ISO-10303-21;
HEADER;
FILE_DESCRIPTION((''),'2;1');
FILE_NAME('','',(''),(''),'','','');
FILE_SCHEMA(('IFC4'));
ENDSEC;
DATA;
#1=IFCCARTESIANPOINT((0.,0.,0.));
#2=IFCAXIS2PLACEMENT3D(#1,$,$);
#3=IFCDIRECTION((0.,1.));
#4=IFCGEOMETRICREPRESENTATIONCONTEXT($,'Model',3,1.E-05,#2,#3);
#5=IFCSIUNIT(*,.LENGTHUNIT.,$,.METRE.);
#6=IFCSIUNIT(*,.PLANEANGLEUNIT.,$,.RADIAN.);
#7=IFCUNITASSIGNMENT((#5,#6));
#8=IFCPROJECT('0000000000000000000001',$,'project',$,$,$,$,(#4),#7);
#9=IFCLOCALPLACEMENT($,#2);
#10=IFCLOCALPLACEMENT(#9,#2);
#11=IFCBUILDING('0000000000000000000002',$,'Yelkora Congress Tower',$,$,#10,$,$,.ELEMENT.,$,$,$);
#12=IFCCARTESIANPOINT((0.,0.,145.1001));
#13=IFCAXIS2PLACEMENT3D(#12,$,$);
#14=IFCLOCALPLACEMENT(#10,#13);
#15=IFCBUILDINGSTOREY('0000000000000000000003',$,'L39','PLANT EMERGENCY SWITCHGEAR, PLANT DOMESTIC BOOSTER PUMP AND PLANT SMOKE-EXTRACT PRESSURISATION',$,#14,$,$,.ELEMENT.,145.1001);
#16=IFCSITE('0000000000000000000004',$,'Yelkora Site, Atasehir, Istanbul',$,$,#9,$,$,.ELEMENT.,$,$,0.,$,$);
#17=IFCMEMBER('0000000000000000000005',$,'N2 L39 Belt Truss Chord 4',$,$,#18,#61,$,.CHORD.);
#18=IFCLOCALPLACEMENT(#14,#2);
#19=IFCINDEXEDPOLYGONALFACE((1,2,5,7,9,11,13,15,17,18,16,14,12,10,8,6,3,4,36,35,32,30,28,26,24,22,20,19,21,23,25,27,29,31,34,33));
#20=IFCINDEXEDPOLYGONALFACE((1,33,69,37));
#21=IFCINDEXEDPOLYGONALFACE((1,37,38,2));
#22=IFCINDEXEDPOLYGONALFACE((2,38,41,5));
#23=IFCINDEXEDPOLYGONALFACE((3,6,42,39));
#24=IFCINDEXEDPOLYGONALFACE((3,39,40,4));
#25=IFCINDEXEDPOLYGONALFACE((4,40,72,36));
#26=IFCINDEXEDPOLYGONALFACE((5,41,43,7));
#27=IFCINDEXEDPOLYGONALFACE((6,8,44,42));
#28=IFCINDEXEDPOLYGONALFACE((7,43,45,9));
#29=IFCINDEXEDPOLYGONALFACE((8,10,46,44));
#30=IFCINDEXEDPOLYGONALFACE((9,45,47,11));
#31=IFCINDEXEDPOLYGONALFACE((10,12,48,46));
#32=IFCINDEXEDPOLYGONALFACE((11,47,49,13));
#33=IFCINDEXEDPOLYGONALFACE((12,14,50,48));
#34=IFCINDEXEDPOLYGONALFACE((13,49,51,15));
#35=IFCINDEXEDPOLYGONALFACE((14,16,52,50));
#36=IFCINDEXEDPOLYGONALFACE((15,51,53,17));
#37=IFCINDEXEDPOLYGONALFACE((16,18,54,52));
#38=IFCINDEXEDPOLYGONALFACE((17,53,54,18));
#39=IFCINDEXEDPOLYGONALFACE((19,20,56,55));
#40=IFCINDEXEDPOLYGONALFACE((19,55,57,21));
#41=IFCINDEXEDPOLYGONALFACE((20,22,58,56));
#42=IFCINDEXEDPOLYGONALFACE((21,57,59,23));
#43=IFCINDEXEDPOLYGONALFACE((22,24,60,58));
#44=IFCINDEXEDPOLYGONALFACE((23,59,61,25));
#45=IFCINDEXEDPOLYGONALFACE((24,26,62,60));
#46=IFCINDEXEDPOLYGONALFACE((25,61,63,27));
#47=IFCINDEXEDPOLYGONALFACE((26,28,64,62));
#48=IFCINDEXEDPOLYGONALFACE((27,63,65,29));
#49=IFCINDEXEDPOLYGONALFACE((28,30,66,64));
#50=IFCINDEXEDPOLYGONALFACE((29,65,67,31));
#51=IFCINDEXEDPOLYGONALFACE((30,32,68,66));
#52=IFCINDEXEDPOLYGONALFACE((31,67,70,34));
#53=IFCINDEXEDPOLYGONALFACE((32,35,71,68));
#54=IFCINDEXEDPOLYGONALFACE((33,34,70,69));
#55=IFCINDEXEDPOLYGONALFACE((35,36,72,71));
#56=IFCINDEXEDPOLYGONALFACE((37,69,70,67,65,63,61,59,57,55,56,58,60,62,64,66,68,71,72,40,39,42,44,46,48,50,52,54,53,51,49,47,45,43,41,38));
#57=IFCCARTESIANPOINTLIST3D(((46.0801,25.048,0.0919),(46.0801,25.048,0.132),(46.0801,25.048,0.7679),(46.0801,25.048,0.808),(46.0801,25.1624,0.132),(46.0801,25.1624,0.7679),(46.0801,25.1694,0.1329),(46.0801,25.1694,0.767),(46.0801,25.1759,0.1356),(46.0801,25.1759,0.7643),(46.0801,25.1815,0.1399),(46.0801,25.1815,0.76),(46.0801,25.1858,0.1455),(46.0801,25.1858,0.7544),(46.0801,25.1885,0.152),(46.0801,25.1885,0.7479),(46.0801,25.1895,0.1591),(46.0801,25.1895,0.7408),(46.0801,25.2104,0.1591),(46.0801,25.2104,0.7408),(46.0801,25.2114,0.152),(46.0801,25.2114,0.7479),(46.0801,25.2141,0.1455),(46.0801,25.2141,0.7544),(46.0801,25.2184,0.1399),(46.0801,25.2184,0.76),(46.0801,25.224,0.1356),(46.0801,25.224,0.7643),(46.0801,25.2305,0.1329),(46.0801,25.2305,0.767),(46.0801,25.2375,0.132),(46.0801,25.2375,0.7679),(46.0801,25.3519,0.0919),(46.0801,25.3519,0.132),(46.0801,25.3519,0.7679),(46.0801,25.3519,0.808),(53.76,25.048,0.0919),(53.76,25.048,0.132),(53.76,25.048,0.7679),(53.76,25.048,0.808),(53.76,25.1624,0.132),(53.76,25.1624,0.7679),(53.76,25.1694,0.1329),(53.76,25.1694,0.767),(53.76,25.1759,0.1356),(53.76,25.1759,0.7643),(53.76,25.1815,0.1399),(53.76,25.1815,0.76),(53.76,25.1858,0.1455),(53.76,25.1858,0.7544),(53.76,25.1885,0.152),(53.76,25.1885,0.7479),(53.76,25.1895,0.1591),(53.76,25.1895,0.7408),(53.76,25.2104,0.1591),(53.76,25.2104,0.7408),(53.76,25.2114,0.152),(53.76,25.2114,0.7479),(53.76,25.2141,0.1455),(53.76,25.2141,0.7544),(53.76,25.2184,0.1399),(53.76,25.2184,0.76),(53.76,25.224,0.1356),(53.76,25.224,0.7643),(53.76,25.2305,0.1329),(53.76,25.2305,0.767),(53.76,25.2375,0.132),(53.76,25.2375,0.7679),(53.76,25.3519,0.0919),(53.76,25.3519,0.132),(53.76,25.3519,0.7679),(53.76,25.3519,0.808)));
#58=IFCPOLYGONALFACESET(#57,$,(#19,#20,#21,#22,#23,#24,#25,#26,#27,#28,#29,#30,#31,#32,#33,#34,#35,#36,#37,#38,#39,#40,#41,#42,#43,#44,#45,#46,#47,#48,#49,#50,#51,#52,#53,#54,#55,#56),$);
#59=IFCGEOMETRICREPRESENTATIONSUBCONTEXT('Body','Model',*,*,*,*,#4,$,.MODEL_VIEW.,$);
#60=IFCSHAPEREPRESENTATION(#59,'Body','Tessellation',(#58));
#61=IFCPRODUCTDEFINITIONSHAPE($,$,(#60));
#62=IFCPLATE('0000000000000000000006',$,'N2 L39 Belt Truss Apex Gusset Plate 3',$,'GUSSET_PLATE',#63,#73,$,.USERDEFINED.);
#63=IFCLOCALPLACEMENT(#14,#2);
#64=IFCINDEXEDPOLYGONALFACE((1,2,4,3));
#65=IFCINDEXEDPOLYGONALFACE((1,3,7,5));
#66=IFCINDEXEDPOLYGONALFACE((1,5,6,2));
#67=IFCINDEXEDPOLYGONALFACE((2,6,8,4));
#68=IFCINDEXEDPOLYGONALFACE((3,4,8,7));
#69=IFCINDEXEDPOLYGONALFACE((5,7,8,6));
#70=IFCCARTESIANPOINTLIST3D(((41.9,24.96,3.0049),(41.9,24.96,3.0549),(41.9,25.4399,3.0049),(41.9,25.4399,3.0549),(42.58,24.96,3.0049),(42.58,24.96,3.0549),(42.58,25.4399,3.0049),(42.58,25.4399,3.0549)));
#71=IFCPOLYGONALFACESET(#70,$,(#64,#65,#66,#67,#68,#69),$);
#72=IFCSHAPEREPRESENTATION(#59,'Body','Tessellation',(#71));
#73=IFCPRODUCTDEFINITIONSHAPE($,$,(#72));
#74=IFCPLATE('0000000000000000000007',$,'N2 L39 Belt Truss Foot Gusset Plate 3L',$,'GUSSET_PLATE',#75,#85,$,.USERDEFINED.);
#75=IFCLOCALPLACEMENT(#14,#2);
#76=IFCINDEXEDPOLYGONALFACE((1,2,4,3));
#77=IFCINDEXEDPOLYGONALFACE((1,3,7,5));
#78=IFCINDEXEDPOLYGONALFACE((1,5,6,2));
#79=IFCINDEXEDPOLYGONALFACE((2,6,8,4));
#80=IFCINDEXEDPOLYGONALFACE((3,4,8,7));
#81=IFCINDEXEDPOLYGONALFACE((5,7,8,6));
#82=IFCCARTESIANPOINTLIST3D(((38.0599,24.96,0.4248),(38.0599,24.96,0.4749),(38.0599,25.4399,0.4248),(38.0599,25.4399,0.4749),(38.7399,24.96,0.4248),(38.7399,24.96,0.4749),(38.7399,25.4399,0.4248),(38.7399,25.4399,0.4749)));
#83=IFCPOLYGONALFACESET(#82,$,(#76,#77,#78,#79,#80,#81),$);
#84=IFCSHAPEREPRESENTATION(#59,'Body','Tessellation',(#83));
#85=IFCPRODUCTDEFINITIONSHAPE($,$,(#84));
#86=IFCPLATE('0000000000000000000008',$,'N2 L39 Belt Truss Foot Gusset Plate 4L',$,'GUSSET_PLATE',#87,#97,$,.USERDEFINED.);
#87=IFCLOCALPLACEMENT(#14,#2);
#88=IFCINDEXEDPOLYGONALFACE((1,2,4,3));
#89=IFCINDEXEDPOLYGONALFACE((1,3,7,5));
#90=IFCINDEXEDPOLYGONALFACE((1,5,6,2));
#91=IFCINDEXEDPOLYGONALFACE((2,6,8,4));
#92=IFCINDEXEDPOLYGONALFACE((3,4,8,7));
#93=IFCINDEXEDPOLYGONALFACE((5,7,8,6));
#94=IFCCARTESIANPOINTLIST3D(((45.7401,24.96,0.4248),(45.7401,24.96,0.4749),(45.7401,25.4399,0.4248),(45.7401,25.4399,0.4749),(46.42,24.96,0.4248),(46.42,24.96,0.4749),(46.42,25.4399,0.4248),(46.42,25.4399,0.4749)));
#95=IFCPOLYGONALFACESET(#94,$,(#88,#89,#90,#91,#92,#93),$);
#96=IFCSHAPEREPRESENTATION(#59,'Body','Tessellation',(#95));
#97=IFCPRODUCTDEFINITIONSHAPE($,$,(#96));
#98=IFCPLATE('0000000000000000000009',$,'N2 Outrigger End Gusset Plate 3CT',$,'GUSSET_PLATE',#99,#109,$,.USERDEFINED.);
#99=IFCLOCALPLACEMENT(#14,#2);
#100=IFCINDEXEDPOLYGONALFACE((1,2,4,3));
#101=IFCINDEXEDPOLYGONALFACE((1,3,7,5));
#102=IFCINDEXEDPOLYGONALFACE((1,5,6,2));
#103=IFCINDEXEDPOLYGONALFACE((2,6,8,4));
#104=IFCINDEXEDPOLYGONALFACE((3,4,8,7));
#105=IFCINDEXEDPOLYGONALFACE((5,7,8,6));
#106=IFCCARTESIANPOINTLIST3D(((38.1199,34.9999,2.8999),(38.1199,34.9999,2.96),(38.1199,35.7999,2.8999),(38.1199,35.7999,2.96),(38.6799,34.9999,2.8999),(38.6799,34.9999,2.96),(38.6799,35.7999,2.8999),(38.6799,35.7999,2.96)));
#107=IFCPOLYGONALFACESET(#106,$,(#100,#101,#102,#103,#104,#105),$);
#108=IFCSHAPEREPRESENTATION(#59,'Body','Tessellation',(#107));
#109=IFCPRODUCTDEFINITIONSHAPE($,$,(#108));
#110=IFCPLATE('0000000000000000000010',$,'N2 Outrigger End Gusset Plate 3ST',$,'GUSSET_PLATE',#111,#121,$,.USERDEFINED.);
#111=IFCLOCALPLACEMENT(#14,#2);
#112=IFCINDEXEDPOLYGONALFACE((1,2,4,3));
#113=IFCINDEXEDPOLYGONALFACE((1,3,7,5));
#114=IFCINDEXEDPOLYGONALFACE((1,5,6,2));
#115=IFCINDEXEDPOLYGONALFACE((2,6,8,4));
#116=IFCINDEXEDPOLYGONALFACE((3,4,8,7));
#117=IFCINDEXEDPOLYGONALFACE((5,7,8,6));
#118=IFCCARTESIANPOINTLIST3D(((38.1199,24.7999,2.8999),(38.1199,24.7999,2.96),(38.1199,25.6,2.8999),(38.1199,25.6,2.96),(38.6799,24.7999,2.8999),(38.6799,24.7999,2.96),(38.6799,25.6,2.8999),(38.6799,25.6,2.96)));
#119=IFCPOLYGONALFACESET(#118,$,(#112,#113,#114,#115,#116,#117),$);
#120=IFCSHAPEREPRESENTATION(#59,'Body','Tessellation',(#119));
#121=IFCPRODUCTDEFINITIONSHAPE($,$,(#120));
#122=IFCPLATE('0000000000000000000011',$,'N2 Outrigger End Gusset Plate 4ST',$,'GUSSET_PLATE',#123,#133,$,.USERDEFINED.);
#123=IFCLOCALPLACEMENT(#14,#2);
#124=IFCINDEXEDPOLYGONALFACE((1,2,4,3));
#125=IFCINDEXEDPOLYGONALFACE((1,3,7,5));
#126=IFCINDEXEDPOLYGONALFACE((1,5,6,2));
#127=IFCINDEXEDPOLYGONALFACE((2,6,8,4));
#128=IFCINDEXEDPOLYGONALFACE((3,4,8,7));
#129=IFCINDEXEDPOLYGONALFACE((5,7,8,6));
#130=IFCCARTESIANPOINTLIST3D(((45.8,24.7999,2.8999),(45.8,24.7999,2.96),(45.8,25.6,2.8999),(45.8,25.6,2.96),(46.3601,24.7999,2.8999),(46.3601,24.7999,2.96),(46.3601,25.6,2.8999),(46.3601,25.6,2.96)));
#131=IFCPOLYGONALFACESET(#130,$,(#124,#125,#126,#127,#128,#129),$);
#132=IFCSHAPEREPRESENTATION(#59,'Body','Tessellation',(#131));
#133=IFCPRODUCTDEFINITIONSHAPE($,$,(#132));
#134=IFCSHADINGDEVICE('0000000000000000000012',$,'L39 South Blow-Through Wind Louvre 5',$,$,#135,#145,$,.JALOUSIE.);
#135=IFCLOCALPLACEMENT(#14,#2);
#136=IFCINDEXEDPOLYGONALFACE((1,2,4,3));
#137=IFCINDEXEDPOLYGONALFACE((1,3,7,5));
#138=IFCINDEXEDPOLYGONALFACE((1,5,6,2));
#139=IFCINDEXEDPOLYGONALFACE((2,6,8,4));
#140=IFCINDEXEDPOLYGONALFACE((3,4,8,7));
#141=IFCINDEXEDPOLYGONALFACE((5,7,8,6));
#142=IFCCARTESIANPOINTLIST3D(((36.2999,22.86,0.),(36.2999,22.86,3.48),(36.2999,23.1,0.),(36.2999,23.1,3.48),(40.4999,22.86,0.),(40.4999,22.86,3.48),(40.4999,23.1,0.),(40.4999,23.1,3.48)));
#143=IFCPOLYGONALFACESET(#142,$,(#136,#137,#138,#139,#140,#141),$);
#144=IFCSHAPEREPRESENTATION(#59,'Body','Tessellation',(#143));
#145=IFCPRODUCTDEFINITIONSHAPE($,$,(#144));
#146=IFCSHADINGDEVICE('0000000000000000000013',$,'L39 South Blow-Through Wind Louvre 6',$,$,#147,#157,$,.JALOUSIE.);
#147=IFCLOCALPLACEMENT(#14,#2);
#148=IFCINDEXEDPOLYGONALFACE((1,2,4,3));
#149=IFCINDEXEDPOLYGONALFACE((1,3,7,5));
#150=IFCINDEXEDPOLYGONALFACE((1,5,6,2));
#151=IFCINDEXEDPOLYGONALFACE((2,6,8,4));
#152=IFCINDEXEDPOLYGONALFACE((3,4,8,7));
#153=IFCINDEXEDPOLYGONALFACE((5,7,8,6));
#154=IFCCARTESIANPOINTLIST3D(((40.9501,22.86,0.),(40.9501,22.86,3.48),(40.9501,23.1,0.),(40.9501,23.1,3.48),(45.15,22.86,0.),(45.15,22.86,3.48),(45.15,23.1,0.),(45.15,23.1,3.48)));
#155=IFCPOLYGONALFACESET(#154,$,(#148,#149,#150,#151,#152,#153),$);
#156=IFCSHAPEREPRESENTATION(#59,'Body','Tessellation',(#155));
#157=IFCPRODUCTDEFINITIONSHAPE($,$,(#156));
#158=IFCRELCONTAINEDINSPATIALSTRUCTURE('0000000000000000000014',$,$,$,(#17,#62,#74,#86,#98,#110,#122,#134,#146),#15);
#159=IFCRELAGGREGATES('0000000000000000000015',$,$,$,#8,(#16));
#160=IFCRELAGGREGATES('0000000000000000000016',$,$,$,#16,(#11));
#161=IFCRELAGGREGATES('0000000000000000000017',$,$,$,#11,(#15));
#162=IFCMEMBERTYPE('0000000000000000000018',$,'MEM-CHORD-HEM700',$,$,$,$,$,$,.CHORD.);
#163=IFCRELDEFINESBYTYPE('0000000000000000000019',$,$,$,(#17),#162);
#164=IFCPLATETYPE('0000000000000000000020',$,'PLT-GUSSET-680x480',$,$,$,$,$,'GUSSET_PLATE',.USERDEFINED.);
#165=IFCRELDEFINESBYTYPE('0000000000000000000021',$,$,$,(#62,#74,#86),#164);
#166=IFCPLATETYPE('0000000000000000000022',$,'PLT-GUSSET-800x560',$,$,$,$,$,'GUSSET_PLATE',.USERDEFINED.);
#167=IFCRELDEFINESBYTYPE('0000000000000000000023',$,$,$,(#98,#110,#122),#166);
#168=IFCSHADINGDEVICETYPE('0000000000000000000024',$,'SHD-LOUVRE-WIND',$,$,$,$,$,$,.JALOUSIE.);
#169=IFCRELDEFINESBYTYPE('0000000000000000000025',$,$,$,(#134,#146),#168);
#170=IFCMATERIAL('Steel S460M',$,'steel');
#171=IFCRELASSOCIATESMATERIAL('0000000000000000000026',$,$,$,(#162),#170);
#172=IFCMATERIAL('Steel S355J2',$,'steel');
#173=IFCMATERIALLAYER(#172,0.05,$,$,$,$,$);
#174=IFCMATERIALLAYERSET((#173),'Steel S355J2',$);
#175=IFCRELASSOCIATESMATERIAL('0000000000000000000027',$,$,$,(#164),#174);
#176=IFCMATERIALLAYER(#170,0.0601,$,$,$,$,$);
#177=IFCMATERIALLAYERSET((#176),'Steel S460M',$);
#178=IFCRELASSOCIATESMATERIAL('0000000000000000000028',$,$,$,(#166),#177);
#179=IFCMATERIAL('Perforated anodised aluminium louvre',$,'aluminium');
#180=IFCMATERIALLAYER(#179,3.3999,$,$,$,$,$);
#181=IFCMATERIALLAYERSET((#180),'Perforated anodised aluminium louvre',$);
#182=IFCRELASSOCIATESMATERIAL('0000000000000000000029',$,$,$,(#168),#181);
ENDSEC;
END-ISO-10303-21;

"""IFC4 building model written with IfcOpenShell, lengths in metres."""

from ifc_helpers import new_model, si_unit, direction, frame, origin, origin_2d, place, context, subcontext, project, spatial, rectangle, i_section, extrude, material, layer, layer_set, material_profile, profile_set, type_object, element, save


model = new_model("IFC4")

# Units and contexts
model_context = context("Model", 3, precision=1e-05, world=origin(), true_north=direction((0.0, 1.0)))
body_context = subcontext(model_context, "Body", "Model", "MODEL_VIEW")
ifc_project = project(units=[si_unit("LENGTHUNIT", "METRE"), si_unit("PLANEANGLEUNIT", "RADIAN")], contexts=[model_context])

# Site, building, storey
site_placement = place(None, origin())
site = spatial("IfcSite", under=ifc_project, at=site_placement, Name="Yelkora Site, Atasehir, Istanbul", CompositionType="ELEMENT", RefElevation=0.0)
building_placement = place(site_placement, origin())
building = spatial("IfcBuilding", under=site, at=building_placement, Name="Yelkora Congress Tower", CompositionType="ELEMENT")
storey_placement = place(building_placement, frame((0.0, 0.0, 145.1001)))
storey = spatial("IfcBuildingStorey", under=building, at=storey_placement, Name="L39", Description="PLANT EMERGENCY SWITCHGEAR, PLANT DOMESTIC BOOSTER PUMP AND PLANT SMOKE-EXTRACT PRESSURISATION", CompositionType="ELEMENT", Elevation=145.1001)

# Shared definitions
ifc_material_1 = material(Name="Steel S460M", Category="steel")

# Member
ifc_material_profile_1 = material_profile(ifc_material_1, i_section(OverallWidth=0.304, OverallDepth=0.7161, WebThickness=0.021, FlangeThickness=0.04, FilletRadius=0.0271, at=origin_2d()), Name="HEM 700")
ifc_profile_set_1 = profile_set([ifc_material_profile_1], Name="Steel S460M")
member_type_1 = type_object("IfcMemberType", Name="MEM-CHORD-HEM700", PredefinedType="CHORD", material=ifc_profile_set_1)
member_1_placement = place(storey_placement, frame((46.0801, 25.2, 0.45), z_axis=(1.0, 0.0, 0.0), x_axis=(0.0, 1.0, 0.0)))
element("IfcMember", 1, at=member_1_placement, inside=storey, type_object=member_type_1, Name="N2 L39 Belt Truss Chord 4", PredefinedType="CHORD", context=body_context, shape_type="SweptSolid", body=[
    extrude(i_section(OverallWidth=0.304, OverallDepth=0.7161, WebThickness=0.021, FlangeThickness=0.04, FilletRadius=0.0271, at=origin_2d()), origin(), (0.0, 0.0, 1.0), 7.6799),
])

# Plates
ifc_material_2 = material(Name="Steel S355J2", Category="steel")
ifc_layer_1 = layer(ifc_material_2, 0.05)
ifc_layer_set_1 = layer_set([ifc_layer_1], Name="Steel S355J2")
plate_type_1 = type_object("IfcPlateType", Name="PLT-GUSSET-680x480", ElementType="GUSSET_PLATE", PredefinedType="USERDEFINED", material=ifc_layer_set_1)
for number, where, z_axis, x_axis, name in (
    (2, (42.24, 25.2, 3.0049), (0.0, 0.0, 1.0), (1.0, 0.0, 0.0), "N2 L39 Belt Truss Apex Gusset Plate 3"),
    (3, (38.3999, 25.2, 0.4248), (0.0, 0.0, 1.0), (1.0, 0.0, 0.0), "N2 L39 Belt Truss Foot Gusset Plate 3L"),
    (4, (46.0801, 25.2, 0.4248), (0.0, 0.0, 1.0), (1.0, 0.0, 0.0), "N2 L39 Belt Truss Foot Gusset Plate 4L"),
):
    element("IfcPlate", number, at=place(storey_placement, frame(where, z_axis=z_axis, x_axis=x_axis)), inside=storey, type_object=plate_type_1, Name=name, ObjectType="GUSSET_PLATE", PredefinedType="USERDEFINED", context=body_context, shape_type="SweptSolid", body=[
        extrude(rectangle(XDim=0.6799, YDim=0.48, at=origin_2d()), origin(), (0.0, 0.0, 1.0), 0.05),
    ])
ifc_layer_2 = layer(ifc_material_1, 0.0601)
ifc_layer_set_2 = layer_set([ifc_layer_2], Name="Steel S460M")
plate_type_2 = type_object("IfcPlateType", Name="PLT-GUSSET-800x560", ElementType="GUSSET_PLATE", PredefinedType="USERDEFINED", material=ifc_layer_set_2)
for number, where, z_axis, x_axis, name in (
    (5, (38.3999, 35.3999, 2.8999), (0.0, 0.0, 1.0), (0.0, 1.0, 0.0), "N2 Outrigger End Gusset Plate 3CT"),
    (6, (38.3999, 25.2, 2.8999), (0.0, 0.0, 1.0), (0.0, 1.0, 0.0), "N2 Outrigger End Gusset Plate 3ST"),
    (7, (46.0801, 25.2, 2.8999), (0.0, 0.0, 1.0), (0.0, 1.0, 0.0), "N2 Outrigger End Gusset Plate 4ST"),
):
    element("IfcPlate", number, at=place(storey_placement, frame(where, z_axis=z_axis, x_axis=x_axis)), inside=storey, type_object=plate_type_2, Name=name, ObjectType="GUSSET_PLATE", PredefinedType="USERDEFINED", context=body_context, shape_type="SweptSolid", body=[
        extrude(rectangle(XDim=0.8, YDim=0.5601, at=origin_2d()), origin(), (0.0, 0.0, 1.0), 0.0601),
    ])

# Shading devices
ifc_material_3 = material(Name="Perforated anodised aluminium louvre", Category="aluminium")
ifc_layer_3 = layer(ifc_material_3, 3.3999)
ifc_layer_set_3 = layer_set([ifc_layer_3], Name="Perforated anodised aluminium louvre")
shading_device_type = type_object("IfcShadingDeviceType", Name="SHD-LOUVRE-WIND", PredefinedType="JALOUSIE", material=ifc_layer_set_3)
for number, where, z_axis, x_axis, name in (
    (8, (38.3999, 22.98, 0.0), (0.0, 0.0, 1.0), (1.0, 0.0, 0.0), "L39 South Blow-Through Wind Louvre 5"),
    (9, (43.05, 22.98, 0.0), (0.0, 0.0, 1.0), (1.0, 0.0, 0.0), "L39 South Blow-Through Wind Louvre 6"),
):
    element("IfcShadingDevice", number, at=place(storey_placement, frame(where, z_axis=z_axis, x_axis=x_axis)), inside=storey, type_object=shading_device_type, Name=name, PredefinedType="JALOUSIE", context=body_context, shape_type="SweptSolid", body=[
        extrude(rectangle(XDim=4.2, YDim=0.24, at=origin_2d()), origin(), (0.0, 0.0, 1.0), 3.48),
    ])

save(model, "model.ifc")
